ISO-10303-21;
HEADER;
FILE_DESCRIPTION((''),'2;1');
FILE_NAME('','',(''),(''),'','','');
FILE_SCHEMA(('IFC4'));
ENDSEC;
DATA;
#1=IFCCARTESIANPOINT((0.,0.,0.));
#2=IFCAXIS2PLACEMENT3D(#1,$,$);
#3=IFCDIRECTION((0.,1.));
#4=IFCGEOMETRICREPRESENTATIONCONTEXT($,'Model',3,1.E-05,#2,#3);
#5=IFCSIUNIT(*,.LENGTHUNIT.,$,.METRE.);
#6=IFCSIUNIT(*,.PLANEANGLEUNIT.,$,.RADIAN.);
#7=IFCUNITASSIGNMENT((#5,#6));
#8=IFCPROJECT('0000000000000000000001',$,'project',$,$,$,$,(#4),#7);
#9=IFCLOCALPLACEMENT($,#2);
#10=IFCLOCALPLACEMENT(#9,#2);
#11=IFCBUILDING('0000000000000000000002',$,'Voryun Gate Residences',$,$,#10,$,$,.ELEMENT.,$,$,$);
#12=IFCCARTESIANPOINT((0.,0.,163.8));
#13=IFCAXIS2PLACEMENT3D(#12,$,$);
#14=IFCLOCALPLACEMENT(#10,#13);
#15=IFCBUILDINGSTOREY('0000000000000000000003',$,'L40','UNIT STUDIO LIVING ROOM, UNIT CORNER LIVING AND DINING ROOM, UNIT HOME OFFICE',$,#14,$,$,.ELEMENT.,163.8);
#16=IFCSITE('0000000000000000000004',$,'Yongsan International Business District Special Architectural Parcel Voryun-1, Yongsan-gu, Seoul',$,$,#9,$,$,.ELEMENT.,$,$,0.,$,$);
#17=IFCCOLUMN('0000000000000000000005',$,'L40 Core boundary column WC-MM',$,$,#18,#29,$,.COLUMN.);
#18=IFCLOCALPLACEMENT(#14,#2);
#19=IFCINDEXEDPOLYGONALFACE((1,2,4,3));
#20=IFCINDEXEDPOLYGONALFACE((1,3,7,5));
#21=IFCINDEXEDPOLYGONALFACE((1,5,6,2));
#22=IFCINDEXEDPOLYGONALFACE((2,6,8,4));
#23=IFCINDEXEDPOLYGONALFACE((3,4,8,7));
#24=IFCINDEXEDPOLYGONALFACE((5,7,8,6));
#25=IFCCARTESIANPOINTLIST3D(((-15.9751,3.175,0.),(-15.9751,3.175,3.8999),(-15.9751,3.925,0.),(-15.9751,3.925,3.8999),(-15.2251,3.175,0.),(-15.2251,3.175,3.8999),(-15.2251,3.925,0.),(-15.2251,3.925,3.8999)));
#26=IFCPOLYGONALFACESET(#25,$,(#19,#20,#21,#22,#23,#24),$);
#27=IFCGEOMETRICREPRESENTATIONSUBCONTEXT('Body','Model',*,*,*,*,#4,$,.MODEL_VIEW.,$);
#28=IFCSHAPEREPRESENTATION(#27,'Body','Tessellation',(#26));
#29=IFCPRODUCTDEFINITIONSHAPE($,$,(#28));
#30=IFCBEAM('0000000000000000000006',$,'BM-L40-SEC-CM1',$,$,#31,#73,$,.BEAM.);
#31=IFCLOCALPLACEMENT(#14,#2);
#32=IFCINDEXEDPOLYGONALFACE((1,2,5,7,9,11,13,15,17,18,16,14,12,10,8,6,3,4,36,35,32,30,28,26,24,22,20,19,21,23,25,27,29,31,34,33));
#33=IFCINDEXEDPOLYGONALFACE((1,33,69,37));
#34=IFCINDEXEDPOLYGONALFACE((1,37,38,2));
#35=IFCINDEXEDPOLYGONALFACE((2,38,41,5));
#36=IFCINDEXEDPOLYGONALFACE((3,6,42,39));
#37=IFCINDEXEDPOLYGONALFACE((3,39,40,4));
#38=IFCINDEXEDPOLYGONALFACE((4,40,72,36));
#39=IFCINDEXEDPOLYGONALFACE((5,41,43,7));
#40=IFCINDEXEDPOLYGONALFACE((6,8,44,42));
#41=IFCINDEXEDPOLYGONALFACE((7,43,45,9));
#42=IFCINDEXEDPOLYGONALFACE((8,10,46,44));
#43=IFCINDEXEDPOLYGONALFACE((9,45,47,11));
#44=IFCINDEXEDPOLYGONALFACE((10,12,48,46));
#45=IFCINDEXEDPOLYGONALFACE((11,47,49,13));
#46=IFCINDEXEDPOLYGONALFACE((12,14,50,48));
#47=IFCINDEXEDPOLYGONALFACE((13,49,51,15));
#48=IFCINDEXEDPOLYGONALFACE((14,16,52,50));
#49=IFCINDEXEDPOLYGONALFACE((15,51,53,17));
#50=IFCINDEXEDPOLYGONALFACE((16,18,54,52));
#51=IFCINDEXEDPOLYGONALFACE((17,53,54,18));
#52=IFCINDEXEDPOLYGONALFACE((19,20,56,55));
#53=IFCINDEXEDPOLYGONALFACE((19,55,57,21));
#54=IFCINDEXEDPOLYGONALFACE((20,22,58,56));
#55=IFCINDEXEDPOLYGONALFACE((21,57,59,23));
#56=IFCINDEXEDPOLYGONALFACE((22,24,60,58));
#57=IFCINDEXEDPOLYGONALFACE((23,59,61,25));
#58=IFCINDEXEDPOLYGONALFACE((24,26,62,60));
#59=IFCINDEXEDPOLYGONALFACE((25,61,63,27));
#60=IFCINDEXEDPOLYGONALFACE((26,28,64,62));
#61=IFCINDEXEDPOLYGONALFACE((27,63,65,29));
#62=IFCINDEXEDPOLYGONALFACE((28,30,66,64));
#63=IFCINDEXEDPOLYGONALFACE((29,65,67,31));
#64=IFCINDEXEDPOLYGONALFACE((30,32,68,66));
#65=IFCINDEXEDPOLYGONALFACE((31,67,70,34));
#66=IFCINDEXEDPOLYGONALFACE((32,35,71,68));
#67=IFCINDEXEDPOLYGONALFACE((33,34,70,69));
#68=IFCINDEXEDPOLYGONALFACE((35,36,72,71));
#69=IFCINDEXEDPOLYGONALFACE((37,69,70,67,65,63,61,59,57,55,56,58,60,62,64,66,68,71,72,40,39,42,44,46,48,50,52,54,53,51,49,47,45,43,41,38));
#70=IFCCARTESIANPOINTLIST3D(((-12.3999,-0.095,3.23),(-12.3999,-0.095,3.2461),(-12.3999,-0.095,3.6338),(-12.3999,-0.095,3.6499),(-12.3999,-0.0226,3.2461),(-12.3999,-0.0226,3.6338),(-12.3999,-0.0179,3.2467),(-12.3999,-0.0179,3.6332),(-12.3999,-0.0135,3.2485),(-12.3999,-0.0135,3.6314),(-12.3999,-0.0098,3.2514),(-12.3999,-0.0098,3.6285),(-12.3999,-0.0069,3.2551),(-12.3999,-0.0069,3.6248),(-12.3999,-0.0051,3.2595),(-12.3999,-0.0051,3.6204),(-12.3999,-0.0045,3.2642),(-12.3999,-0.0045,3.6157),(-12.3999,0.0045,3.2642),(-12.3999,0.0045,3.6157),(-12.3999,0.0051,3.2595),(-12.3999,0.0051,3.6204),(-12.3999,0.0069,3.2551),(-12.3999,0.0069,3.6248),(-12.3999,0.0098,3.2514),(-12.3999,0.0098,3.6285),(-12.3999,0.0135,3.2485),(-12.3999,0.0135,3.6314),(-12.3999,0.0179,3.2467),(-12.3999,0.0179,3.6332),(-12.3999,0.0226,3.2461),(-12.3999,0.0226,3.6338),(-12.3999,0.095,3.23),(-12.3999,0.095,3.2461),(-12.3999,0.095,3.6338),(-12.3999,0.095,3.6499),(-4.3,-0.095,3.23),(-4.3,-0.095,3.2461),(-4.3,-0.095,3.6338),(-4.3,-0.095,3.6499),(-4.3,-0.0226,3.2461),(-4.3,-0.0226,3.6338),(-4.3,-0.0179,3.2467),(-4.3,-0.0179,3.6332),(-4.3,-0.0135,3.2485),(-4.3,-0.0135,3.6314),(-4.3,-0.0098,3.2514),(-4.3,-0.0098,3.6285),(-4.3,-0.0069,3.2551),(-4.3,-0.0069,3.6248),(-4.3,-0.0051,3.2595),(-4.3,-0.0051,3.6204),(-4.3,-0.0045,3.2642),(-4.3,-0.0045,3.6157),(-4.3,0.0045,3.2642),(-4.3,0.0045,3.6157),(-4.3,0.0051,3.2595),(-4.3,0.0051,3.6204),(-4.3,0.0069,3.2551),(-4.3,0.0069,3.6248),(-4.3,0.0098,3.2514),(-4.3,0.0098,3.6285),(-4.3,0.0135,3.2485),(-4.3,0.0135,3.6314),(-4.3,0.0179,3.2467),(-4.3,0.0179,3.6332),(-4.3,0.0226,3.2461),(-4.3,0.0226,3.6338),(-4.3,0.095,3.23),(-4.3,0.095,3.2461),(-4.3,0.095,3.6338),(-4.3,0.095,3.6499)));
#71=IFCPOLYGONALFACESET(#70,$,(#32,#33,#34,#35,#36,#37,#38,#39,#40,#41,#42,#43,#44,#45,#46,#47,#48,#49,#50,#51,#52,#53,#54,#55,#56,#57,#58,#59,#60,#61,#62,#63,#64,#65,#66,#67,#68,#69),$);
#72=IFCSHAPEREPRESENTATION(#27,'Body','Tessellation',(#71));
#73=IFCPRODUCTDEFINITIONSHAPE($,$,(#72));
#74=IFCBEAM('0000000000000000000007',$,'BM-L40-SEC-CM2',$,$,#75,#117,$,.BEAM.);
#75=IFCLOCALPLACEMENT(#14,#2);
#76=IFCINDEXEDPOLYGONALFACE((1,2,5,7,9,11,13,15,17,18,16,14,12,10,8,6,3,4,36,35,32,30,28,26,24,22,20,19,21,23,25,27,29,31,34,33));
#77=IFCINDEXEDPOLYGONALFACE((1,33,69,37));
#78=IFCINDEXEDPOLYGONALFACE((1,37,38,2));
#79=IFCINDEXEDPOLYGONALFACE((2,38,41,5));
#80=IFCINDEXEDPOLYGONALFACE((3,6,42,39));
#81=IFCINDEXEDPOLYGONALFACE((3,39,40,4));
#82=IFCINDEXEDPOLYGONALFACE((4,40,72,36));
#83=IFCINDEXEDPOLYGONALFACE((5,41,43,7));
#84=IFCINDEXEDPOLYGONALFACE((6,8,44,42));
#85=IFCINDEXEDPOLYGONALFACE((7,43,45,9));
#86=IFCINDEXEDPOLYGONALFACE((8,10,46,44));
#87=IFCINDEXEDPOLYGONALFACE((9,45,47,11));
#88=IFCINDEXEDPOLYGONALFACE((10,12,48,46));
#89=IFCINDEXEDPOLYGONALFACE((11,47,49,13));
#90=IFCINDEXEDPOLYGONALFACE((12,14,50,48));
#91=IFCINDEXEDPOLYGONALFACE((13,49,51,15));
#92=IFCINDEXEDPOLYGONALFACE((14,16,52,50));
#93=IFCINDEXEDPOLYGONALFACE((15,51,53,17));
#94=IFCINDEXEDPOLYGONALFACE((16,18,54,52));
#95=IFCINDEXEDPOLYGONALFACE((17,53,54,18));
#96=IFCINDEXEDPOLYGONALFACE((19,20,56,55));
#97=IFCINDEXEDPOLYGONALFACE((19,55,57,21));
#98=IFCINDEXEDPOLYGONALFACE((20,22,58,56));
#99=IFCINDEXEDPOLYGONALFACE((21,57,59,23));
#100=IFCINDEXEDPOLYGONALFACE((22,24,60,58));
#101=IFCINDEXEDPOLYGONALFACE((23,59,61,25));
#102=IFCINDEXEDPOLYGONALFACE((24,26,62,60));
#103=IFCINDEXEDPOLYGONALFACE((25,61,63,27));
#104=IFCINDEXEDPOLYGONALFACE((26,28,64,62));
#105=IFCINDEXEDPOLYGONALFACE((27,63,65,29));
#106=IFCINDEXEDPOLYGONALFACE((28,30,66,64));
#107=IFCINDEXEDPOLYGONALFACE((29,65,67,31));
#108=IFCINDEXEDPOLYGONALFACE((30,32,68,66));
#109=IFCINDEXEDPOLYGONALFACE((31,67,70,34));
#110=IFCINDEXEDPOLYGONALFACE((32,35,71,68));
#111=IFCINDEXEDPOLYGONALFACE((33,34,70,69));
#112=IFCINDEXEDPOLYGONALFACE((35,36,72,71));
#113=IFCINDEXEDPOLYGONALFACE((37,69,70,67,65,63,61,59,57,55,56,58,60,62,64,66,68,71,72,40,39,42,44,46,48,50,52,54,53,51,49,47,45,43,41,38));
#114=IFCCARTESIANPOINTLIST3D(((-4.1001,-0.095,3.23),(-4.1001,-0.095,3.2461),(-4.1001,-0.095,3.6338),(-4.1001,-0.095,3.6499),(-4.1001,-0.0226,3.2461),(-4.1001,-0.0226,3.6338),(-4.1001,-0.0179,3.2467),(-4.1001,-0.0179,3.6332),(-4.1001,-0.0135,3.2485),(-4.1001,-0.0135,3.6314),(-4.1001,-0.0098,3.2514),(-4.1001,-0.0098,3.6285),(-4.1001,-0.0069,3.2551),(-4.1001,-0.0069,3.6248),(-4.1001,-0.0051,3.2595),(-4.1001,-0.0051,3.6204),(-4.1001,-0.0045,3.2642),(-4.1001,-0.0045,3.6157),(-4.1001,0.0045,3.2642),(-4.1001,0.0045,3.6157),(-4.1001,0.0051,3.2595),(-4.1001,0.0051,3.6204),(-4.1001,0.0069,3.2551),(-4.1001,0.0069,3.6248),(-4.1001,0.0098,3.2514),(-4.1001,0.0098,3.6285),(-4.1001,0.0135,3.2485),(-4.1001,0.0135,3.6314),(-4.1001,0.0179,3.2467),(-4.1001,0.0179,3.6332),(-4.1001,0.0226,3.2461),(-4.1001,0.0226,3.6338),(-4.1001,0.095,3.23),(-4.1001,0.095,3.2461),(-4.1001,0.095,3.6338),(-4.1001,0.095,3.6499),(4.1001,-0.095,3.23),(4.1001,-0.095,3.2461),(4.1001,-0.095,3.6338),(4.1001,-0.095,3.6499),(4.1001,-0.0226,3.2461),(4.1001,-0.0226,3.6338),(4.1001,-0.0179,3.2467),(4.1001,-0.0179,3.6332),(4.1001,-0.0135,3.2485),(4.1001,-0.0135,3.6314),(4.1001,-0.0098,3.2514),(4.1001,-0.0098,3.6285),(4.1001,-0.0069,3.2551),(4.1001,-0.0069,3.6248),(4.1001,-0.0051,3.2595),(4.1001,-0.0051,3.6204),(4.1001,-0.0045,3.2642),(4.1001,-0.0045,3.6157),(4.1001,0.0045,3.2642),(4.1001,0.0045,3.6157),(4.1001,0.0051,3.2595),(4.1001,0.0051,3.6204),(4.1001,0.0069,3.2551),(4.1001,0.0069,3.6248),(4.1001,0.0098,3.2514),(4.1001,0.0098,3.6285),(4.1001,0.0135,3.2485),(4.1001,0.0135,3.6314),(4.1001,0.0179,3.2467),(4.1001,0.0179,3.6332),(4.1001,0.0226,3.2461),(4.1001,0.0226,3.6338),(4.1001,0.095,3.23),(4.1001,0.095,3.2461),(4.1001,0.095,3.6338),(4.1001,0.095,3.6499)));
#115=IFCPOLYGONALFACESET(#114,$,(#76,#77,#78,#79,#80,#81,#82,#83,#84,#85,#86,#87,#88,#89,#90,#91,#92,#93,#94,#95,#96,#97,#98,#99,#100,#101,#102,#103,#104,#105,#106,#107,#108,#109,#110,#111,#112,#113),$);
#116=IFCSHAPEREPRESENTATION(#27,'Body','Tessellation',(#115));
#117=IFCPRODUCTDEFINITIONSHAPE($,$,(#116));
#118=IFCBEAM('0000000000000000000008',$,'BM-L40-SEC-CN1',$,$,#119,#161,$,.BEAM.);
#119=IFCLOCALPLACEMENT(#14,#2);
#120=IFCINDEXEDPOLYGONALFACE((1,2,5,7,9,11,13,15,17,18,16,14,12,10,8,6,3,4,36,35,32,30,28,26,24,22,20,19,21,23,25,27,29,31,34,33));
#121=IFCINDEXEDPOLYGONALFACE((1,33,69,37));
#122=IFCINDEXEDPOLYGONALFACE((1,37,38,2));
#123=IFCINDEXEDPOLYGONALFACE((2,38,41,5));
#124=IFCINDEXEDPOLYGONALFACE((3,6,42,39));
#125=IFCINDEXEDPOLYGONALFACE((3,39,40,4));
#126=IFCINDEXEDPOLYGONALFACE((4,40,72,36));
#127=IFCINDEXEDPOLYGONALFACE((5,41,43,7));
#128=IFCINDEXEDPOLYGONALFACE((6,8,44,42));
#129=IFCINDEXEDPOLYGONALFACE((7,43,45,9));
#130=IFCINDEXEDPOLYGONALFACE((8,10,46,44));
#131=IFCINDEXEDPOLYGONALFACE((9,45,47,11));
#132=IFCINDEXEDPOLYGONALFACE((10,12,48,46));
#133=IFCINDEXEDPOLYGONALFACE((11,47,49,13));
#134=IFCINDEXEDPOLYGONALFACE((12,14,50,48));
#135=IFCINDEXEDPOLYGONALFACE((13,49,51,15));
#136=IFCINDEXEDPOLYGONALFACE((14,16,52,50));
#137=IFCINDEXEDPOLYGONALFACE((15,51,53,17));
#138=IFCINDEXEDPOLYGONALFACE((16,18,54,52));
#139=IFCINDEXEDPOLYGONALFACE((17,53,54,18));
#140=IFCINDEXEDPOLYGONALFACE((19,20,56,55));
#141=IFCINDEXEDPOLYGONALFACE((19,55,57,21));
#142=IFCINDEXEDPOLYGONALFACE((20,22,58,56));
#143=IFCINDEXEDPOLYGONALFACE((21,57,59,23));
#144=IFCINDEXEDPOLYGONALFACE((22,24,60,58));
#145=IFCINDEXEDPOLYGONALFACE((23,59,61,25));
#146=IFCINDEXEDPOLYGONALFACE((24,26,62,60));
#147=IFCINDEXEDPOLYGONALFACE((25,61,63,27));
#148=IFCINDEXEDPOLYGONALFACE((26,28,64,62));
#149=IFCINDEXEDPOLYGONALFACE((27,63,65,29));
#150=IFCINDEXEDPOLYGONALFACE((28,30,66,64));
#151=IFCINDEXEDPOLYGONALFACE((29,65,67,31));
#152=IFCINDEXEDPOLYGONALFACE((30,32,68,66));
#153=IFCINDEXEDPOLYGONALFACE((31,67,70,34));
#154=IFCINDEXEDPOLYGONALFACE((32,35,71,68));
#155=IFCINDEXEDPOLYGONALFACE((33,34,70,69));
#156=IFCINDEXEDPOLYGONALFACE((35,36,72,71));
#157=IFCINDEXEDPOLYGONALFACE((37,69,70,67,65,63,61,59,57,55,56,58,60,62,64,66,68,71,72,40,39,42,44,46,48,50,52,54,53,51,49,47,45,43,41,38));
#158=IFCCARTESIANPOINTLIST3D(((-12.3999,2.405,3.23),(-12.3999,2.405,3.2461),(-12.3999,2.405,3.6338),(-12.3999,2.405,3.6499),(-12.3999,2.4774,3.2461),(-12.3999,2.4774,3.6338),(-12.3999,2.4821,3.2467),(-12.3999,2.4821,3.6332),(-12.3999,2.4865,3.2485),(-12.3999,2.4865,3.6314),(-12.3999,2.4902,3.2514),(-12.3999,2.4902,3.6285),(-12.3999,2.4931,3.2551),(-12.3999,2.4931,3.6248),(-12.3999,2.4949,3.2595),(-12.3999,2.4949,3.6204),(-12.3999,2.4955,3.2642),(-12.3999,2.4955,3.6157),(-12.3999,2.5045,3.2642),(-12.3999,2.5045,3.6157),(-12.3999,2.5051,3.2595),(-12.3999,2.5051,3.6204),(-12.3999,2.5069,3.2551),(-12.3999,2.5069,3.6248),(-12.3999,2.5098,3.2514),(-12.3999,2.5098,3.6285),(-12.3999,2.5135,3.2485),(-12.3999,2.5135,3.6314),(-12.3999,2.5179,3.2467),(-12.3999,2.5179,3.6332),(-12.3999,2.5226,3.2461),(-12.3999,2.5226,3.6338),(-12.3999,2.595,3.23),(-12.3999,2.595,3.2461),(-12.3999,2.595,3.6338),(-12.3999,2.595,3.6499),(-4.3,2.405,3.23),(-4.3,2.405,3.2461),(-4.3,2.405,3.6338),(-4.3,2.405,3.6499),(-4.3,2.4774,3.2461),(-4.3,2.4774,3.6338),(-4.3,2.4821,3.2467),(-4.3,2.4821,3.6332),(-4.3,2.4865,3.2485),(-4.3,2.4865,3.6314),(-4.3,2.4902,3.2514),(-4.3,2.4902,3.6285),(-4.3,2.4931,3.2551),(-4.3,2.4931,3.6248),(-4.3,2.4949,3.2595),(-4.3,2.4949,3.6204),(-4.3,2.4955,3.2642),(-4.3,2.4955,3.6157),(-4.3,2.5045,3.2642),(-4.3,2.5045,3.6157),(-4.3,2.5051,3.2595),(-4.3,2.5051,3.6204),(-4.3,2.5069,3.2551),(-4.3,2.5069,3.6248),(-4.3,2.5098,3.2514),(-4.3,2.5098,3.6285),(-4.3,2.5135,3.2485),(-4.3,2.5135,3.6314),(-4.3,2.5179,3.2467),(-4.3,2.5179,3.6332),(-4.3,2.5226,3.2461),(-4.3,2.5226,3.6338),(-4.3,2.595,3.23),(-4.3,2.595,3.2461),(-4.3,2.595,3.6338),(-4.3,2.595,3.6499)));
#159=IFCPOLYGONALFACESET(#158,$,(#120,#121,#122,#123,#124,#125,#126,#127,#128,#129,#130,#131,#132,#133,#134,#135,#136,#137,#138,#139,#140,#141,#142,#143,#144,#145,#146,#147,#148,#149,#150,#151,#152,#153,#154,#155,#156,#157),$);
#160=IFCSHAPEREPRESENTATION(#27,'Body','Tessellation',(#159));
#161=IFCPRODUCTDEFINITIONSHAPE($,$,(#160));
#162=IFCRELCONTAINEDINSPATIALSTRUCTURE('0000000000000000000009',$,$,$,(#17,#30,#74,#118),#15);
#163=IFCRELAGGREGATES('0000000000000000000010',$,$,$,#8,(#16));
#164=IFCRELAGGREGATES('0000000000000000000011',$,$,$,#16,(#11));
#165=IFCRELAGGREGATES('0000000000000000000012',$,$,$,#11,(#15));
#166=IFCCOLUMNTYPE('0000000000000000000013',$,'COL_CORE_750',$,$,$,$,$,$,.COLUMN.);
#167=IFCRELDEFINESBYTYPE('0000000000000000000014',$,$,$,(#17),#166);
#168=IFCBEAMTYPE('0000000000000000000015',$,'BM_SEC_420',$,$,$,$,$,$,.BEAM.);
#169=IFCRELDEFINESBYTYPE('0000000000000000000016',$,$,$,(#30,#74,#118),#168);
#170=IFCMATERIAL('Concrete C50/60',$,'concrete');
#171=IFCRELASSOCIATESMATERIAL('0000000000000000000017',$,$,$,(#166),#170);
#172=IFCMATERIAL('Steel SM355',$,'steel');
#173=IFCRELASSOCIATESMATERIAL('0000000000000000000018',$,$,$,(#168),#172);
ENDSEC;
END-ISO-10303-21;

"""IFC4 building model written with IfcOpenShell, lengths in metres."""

from ifc_helpers import new_model, si_unit, direction, frame, origin, origin_2d, place, context, subcontext, project, spatial, rectangle, i_section, extrude, material, material_profile, profile_set, type_object, element, save


model = new_model("IFC4")

# Units and contexts
model_context = context("Model", 3, precision=1e-05, world=origin(), true_north=direction((0.0, 1.0)))
body_context = subcontext(model_context, "Body", "Model", "MODEL_VIEW")
ifc_project = project(units=[si_unit("LENGTHUNIT", "METRE"), si_unit("PLANEANGLEUNIT", "RADIAN")], contexts=[model_context])

# Site, building, storey
site_placement = place(None, origin())
site = spatial("IfcSite", under=ifc_project, at=site_placement, Name="Yongsan International Business District Special Architectural Parcel Voryun-1, Yongsan-gu, Seoul", CompositionType="ELEMENT", RefElevation=0.0)
building_placement = place(site_placement, origin())
building = spatial("IfcBuilding", under=site, at=building_placement, Name="Voryun Gate Residences", CompositionType="ELEMENT")
storey_placement = place(building_placement, frame((0.0, 0.0, 163.8)))
storey = spatial("IfcBuildingStorey", under=building, at=storey_placement, Name="L40", Description="UNIT STUDIO LIVING ROOM, UNIT CORNER LIVING AND DINING ROOM, UNIT HOME OFFICE", CompositionType="ELEMENT", Elevation=163.8)

# Column
ifc_material_1 = material(Name="Concrete C50/60", Category="concrete")
ifc_material_profile_1 = material_profile(ifc_material_1, rectangle(XDim=0.75, YDim=0.75, at=origin_2d()), Name="RC-750x750")
ifc_profile_set_1 = profile_set([ifc_material_profile_1], Name="Concrete C50/60")
column_type = type_object("IfcColumnType", Name="COL_CORE_750", PredefinedType="COLUMN", material=ifc_profile_set_1)
column_placement = place(storey_placement, frame((-15.6001, 3.55, 0.0), z_axis=(0.0, 0.0, 1.0), x_axis=(1.0, 0.0, 0.0)))
element("IfcColumn", 1, at=column_placement, inside=storey, type_object=column_type, Name="L40 Core boundary column WC-MM", PredefinedType="COLUMN", context=body_context, shape_type="SweptSolid", body=[
    extrude(rectangle(XDim=0.75, YDim=0.75, at=origin_2d()), origin(), (0.0, 0.0, 1.0), 3.8999),
])

# Beams
ifc_material_2 = material(Name="Steel SM355", Category="steel")
ifc_material_profile_2 = material_profile(ifc_material_2, i_section(OverallWidth=0.1899, OverallDepth=0.4199, WebThickness=0.009, FlangeThickness=0.0161, FilletRadius=0.0181, at=origin_2d()), Name="H-420x190x9x16")
ifc_profile_set_2 = profile_set([ifc_material_profile_2], Name="Steel SM355")
beam_type = type_object("IfcBeamType", Name="BM_SEC_420", PredefinedType="BEAM", material=ifc_profile_set_2)
beam_1_placement = place(storey_placement, frame((-12.3999, 0.0, 3.4399), z_axis=(1.0, 0.0, 0.0), x_axis=(0.0, 1.0, 0.0)))
element("IfcBeam", 2, at=beam_1_placement, inside=storey, type_object=beam_type, Name="BM-L40-SEC-CM1", PredefinedType="BEAM", context=body_context, shape_type="SweptSolid", body=[
    extrude(i_section(OverallWidth=0.1899, OverallDepth=0.4199, WebThickness=0.009, FlangeThickness=0.0161, FilletRadius=0.0181, at=origin_2d()), origin(), (0.0, 0.0, 1.0), 8.0999),
])
beam_2_placement = place(storey_placement, frame((-4.1001, 0.0, 3.4399), z_axis=(1.0, 0.0, 0.0), x_axis=(0.0, 1.0, 0.0)))
element("IfcBeam", 3, at=beam_2_placement, inside=storey, type_object=beam_type, Name="BM-L40-SEC-CM2", PredefinedType="BEAM", context=body_context, shape_type="SweptSolid", body=[
    extrude(i_section(OverallWidth=0.1899, OverallDepth=0.4199, WebThickness=0.009, FlangeThickness=0.0161, FilletRadius=0.0181, at=origin_2d()), origin(), (0.0, 0.0, 1.0), 8.2002),
])
beam_3_placement = place(storey_placement, frame((-12.3999, 2.5, 3.4399), z_axis=(1.0, 0.0, 0.0), x_axis=(0.0, 1.0, 0.0)))
element("IfcBeam", 4, at=beam_3_placement, inside=storey, type_object=beam_type, Name="BM-L40-SEC-CN1", PredefinedType="BEAM", context=body_context, shape_type="SweptSolid", body=[
    extrude(i_section(OverallWidth=0.1899, OverallDepth=0.4199, WebThickness=0.009, FlangeThickness=0.0161, FilletRadius=0.0181, at=origin_2d()), origin(), (0.0, 0.0, 1.0), 8.0999),
])

save(model, "model.ifc")
